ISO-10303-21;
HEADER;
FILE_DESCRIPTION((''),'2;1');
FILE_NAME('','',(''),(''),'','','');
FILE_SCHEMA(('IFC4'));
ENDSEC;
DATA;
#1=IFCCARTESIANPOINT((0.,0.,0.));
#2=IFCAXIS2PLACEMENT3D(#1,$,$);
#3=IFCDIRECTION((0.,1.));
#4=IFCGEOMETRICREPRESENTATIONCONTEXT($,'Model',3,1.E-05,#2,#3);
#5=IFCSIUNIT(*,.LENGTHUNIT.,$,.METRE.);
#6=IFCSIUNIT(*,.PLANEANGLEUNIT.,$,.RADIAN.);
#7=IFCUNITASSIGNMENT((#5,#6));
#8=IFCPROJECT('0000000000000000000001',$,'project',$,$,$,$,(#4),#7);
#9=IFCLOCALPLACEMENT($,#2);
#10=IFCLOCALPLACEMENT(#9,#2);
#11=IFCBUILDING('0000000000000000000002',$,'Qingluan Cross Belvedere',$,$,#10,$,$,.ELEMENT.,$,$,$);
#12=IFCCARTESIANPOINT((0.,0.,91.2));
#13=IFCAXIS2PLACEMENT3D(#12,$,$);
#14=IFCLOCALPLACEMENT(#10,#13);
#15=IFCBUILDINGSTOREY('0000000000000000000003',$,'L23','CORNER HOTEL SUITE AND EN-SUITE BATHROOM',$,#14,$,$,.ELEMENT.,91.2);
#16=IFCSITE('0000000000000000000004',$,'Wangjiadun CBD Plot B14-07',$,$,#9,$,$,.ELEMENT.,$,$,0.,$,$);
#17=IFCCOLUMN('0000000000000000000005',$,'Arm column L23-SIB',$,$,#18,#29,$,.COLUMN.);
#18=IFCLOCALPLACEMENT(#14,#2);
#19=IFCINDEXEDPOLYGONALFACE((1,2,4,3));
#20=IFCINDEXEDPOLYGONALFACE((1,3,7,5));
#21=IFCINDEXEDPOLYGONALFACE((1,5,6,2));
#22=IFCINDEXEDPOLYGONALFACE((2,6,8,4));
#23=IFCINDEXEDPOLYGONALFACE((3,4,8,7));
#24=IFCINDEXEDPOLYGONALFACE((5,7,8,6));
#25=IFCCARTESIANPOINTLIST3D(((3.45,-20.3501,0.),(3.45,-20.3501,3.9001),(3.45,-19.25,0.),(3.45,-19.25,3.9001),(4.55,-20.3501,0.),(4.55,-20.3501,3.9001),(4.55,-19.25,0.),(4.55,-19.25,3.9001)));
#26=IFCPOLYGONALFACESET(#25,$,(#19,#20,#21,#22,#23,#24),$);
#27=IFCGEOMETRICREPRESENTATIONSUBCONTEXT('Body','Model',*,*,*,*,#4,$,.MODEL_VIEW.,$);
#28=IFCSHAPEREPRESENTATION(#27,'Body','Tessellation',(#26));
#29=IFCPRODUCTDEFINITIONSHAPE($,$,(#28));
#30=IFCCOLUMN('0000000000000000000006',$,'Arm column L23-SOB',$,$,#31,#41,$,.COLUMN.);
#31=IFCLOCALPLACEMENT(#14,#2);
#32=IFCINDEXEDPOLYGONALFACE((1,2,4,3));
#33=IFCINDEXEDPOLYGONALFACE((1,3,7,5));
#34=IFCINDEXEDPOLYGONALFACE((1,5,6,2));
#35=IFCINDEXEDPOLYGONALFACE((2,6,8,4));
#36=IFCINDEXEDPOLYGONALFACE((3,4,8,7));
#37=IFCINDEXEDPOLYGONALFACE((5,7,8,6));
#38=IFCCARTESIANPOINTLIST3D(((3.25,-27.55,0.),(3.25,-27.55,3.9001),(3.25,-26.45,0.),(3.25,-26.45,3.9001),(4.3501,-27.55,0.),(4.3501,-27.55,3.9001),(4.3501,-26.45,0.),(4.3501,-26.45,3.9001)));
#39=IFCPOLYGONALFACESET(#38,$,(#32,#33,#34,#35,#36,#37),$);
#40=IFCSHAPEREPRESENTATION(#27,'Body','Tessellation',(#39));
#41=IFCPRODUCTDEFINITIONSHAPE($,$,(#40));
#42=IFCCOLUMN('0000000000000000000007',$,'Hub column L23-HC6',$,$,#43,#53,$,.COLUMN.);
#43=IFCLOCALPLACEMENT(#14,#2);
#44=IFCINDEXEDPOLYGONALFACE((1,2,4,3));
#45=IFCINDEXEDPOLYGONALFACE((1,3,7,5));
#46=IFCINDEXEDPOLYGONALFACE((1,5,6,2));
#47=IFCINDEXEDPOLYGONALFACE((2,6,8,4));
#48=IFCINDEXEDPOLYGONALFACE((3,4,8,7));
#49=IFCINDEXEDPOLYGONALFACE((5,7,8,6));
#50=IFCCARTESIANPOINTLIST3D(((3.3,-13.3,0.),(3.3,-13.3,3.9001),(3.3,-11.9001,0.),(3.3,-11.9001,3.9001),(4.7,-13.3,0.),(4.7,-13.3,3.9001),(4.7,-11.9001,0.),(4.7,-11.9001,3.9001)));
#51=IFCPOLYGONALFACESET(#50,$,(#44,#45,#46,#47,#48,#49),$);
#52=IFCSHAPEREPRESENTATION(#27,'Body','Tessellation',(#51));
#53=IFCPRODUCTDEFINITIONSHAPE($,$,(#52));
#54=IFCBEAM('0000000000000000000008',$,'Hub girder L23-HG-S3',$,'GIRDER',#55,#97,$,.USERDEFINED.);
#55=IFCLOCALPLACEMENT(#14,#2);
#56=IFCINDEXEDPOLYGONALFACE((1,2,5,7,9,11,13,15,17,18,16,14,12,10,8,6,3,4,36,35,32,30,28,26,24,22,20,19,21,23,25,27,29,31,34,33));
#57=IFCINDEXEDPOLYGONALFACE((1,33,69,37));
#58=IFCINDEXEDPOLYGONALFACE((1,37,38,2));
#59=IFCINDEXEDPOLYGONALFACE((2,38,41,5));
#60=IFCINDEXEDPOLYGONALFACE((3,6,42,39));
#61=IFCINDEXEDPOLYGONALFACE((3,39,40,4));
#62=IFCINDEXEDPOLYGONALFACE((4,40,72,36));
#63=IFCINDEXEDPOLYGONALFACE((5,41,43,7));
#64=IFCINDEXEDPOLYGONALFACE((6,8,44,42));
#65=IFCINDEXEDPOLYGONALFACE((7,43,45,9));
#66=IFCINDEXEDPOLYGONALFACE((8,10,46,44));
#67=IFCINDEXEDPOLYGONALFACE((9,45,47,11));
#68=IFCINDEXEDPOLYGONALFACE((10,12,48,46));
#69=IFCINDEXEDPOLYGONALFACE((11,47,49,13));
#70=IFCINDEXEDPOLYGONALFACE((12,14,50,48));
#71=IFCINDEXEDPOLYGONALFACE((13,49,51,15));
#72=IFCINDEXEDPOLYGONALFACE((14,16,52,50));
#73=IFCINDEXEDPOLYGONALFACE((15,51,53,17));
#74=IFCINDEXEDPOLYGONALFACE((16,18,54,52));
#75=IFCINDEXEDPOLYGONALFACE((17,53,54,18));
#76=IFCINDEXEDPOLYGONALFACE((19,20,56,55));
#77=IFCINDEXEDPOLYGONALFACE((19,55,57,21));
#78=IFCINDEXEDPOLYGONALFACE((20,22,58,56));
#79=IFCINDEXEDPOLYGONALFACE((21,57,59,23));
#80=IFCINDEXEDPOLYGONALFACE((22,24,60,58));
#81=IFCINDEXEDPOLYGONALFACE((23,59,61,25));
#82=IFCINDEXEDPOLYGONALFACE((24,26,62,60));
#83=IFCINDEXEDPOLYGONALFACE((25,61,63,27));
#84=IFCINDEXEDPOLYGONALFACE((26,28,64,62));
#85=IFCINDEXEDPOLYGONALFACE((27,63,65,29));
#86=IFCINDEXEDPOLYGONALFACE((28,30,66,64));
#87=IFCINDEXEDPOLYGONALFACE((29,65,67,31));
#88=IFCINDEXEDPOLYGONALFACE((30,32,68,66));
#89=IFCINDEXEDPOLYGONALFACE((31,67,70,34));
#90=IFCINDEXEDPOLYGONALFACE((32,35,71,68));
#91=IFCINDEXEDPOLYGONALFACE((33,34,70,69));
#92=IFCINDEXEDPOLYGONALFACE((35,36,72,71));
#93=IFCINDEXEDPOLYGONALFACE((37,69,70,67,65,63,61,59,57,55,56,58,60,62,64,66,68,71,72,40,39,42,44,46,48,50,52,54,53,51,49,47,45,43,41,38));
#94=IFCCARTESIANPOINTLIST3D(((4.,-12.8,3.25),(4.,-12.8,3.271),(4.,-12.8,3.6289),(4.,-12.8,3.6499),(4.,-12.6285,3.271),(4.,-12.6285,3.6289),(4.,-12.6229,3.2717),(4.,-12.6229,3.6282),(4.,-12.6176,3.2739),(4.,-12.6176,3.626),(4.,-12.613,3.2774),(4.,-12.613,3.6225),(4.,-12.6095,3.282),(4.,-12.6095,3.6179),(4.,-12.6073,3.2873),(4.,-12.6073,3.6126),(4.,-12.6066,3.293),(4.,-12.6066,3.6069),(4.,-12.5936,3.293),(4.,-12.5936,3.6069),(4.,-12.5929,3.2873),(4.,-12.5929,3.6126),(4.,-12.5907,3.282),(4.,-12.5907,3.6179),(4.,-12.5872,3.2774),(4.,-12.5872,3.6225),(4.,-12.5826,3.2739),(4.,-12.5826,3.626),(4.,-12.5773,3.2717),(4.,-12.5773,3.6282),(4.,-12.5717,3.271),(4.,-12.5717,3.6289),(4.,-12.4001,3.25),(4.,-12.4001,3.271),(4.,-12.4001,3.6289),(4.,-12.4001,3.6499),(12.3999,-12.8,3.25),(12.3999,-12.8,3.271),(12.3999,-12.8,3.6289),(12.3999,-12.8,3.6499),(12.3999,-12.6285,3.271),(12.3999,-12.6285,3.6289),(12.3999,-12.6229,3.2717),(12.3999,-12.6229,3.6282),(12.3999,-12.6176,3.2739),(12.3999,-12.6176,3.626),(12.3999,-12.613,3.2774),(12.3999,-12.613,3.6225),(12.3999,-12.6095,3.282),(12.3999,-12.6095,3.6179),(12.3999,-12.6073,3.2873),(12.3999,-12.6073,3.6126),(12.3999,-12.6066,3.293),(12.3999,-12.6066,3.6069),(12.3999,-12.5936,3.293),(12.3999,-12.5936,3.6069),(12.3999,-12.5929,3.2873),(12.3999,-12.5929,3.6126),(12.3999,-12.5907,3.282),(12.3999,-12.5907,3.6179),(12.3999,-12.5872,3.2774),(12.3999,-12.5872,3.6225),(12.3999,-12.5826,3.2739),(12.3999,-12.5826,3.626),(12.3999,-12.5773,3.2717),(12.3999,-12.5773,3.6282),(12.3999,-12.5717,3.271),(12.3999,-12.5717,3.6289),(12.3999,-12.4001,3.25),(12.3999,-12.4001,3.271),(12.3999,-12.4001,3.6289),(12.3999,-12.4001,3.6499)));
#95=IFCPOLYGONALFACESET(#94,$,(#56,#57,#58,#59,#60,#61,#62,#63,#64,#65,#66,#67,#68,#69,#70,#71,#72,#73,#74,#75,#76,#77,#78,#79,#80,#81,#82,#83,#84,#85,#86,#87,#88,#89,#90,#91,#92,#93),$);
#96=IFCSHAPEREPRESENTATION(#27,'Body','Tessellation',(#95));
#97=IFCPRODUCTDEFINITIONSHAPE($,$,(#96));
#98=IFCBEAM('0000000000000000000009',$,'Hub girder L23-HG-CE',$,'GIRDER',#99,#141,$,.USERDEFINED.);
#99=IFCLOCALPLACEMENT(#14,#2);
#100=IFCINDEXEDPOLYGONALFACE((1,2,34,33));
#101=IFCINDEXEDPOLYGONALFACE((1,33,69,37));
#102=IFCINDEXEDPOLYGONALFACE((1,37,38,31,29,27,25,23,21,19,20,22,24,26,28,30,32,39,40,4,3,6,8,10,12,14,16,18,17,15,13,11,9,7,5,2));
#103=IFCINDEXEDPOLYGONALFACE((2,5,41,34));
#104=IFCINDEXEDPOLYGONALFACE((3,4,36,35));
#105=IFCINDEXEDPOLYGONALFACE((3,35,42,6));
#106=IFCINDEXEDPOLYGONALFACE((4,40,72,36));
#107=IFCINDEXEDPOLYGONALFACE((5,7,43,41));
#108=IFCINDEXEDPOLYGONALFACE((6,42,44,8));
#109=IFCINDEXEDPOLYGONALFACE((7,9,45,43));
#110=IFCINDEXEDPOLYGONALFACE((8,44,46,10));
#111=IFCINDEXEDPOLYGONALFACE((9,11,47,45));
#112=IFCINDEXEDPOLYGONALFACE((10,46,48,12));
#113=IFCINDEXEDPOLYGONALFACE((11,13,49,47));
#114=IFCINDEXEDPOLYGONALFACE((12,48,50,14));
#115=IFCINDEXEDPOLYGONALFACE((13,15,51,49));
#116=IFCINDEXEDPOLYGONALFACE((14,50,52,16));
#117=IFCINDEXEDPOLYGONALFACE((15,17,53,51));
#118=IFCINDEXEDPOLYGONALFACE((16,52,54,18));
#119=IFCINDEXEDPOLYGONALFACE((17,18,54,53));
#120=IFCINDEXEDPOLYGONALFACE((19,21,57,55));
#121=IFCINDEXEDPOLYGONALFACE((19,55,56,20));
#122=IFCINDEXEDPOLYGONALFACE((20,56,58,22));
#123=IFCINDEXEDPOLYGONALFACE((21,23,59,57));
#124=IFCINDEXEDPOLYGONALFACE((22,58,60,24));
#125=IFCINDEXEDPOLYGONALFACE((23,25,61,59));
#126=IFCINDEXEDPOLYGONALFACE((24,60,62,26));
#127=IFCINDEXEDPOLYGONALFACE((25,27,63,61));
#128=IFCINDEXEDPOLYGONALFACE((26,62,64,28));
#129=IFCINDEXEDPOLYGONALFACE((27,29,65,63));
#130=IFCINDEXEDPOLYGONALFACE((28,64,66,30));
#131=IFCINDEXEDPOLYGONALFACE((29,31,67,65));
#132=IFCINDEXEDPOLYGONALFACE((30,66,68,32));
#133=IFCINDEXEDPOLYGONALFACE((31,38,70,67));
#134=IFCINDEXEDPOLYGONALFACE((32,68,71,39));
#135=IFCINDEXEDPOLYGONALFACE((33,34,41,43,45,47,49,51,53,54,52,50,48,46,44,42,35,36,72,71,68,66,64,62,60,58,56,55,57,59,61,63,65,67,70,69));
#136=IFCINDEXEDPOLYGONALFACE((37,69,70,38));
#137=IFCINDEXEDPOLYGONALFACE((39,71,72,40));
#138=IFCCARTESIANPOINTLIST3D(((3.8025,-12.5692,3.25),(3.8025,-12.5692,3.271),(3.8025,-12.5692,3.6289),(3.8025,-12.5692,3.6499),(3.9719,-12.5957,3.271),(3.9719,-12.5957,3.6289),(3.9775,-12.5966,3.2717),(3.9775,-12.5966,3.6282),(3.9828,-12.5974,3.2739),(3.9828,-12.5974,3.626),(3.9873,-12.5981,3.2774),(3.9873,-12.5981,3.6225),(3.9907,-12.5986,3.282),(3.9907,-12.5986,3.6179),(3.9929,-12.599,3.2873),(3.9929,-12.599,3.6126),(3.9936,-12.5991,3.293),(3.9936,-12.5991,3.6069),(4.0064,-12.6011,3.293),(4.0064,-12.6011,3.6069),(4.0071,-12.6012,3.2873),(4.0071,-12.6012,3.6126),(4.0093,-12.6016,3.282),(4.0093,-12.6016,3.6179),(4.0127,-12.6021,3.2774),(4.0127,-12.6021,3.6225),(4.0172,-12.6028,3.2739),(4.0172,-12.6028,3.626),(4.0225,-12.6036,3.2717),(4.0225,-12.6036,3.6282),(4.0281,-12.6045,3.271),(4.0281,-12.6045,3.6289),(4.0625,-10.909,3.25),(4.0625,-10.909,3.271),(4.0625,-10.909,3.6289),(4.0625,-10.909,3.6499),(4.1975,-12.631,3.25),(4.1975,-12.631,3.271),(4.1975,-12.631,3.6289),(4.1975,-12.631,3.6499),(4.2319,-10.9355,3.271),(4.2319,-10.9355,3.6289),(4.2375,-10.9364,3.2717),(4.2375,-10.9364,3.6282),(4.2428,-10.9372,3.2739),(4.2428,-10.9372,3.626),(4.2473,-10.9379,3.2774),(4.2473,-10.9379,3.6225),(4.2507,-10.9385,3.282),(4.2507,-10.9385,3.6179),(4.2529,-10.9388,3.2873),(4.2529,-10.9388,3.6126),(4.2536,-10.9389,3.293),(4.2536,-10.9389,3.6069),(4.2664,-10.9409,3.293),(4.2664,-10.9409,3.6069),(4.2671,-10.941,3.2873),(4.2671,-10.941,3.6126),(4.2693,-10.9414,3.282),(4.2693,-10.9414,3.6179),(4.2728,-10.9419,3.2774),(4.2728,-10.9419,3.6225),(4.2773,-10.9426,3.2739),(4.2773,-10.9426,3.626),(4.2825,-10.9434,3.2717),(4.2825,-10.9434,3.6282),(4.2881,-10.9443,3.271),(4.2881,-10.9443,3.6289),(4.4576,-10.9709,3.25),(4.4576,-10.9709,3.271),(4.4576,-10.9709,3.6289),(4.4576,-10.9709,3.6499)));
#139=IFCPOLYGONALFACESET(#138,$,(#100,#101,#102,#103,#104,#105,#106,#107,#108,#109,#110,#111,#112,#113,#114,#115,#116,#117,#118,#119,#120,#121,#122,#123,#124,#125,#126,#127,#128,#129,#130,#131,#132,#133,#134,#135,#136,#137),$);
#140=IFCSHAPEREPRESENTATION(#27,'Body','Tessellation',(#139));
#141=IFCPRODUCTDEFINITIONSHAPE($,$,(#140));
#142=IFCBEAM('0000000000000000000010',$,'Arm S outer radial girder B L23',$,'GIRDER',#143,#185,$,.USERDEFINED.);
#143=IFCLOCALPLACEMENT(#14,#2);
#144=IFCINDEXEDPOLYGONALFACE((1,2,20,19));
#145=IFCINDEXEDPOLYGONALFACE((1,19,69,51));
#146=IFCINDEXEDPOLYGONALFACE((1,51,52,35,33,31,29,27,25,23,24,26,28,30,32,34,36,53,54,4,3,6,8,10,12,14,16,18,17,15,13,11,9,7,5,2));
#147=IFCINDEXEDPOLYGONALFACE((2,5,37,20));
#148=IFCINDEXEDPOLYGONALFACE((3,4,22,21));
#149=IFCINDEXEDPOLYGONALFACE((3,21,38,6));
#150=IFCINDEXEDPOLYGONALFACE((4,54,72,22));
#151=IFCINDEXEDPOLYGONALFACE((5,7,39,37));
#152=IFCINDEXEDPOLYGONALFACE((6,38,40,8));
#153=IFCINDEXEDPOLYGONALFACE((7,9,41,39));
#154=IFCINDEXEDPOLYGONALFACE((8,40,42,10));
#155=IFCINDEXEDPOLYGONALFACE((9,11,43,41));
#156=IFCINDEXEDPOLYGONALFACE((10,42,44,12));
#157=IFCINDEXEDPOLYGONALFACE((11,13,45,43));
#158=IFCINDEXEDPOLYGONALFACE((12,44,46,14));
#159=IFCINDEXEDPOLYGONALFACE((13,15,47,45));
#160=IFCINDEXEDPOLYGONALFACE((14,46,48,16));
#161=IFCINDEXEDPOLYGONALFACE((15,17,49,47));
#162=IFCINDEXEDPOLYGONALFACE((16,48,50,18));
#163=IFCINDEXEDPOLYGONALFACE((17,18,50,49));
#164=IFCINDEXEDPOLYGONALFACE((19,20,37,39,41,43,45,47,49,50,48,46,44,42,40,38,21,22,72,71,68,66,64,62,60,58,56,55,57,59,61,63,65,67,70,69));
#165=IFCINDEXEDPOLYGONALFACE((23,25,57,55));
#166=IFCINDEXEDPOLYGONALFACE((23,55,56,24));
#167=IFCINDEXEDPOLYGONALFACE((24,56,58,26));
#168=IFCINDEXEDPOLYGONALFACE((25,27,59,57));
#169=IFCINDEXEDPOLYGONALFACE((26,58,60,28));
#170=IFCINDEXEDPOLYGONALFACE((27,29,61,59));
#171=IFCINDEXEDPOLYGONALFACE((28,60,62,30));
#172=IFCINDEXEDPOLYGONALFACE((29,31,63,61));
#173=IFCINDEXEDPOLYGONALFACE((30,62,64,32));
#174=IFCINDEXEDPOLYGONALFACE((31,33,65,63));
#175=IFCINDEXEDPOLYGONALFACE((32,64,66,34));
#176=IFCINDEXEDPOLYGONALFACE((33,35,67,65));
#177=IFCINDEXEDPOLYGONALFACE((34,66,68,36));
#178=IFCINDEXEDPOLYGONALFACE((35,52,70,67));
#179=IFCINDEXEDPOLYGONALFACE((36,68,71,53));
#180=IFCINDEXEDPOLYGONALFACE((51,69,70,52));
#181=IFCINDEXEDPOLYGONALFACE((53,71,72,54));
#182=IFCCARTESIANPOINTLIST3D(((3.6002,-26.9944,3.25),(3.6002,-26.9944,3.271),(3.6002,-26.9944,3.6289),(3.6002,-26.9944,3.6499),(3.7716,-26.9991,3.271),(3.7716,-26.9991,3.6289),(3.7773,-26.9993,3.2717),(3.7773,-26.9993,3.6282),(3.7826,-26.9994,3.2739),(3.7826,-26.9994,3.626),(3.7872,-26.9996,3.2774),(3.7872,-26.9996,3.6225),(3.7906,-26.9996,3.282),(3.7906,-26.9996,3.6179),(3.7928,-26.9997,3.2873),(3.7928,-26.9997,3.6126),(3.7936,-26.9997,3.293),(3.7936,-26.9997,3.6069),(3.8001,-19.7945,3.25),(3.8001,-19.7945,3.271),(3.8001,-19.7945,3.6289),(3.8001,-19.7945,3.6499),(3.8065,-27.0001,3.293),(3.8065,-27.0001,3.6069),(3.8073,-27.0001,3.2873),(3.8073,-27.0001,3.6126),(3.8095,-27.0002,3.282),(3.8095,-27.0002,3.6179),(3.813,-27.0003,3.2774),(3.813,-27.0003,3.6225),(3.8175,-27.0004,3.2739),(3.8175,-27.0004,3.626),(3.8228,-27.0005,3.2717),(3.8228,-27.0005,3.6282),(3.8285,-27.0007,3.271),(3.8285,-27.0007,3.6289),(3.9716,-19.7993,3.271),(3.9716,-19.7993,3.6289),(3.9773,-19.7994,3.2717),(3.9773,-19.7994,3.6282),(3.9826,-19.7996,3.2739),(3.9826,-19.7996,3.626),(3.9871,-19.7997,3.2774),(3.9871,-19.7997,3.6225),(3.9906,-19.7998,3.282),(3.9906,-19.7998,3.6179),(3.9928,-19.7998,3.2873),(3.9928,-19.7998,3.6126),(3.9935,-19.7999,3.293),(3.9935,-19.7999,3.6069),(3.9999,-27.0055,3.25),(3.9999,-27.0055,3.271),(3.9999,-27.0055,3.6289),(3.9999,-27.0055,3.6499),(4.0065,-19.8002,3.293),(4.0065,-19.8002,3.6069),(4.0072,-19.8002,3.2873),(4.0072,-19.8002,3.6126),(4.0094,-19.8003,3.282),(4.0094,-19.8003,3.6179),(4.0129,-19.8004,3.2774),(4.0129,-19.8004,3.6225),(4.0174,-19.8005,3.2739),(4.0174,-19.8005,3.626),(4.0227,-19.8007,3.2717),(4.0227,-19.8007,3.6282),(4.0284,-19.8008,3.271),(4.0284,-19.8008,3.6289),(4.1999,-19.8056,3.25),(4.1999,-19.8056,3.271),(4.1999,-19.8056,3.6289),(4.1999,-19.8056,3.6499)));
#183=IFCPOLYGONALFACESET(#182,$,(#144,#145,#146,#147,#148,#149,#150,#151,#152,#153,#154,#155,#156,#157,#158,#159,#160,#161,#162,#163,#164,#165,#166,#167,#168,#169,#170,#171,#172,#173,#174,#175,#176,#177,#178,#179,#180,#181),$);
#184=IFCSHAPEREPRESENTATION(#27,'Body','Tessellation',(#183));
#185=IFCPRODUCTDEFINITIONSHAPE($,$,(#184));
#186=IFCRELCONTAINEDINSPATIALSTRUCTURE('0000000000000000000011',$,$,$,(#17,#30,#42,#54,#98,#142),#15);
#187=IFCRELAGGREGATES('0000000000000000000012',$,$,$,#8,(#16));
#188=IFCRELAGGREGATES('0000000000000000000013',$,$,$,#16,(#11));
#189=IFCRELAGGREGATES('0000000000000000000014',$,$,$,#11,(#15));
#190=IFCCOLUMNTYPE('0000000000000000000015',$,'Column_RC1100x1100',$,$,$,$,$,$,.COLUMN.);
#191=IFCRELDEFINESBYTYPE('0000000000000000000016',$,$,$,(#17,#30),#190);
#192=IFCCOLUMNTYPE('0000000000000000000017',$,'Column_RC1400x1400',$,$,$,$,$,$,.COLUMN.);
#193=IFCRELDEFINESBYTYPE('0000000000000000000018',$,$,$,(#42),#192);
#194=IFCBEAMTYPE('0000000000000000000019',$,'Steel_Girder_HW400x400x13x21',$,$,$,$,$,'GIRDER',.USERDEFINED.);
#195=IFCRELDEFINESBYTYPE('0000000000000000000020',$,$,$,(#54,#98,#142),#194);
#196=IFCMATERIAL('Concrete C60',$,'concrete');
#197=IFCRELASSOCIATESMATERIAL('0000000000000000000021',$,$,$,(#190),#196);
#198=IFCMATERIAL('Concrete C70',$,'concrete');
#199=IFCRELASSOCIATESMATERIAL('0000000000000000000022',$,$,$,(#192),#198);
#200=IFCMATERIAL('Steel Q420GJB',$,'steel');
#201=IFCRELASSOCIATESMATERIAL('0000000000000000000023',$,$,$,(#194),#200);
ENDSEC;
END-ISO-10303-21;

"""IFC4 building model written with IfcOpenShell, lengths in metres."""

from ifc_helpers import new_model, si_unit, direction, frame, origin, origin_2d, place, context, subcontext, project, spatial, rectangle, i_section, extrude, material, material_profile, profile_set, type_object, element, save


model = new_model("IFC4")

# Units and contexts
model_context = context("Model", 3, precision=1e-05, world=origin(), true_north=direction((0.0, 1.0)))
body_context = subcontext(model_context, "Body", "Model", "MODEL_VIEW")
ifc_project = project(units=[si_unit("LENGTHUNIT", "METRE"), si_unit("PLANEANGLEUNIT", "RADIAN")], contexts=[model_context])

# Site, building, storey
site_placement = place(None, origin())
site = spatial("IfcSite", under=ifc_project, at=site_placement, Name="Wangjiadun CBD Plot B14-07", CompositionType="ELEMENT", RefElevation=0.0)
building_placement = place(site_placement, origin())
building = spatial("IfcBuilding", under=site, at=building_placement, Name="Qingluan Cross Belvedere", CompositionType="ELEMENT")
storey_placement = place(building_placement, frame((0.0, 0.0, 91.2)))
storey = spatial("IfcBuildingStorey", under=building, at=storey_placement, Name="L23", Description="CORNER HOTEL SUITE AND EN-SUITE BATHROOM", CompositionType="ELEMENT", Elevation=91.2)

# Columns
ifc_material_1 = material(Name="Concrete C60", Category="concrete")
ifc_material_profile_1 = material_profile(ifc_material_1, rectangle(XDim=1.1001, YDim=1.1001, at=origin_2d()), Name="RC1100x1100")
ifc_profile_set_1 = profile_set([ifc_material_profile_1], Name="Concrete C60")
column_type_1 = type_object("IfcColumnType", Name="Column_RC1100x1100", PredefinedType="COLUMN", material=ifc_profile_set_1)
for number, where, z_axis, x_axis, name in (
    (1, (4.0, -19.8, 0.0), (0.0, 0.0, 1.0), (1.0, 0.0, 0.0), "Arm column L23-SIB"),
    (2, (3.8, -27.0, 0.0), (0.0, 0.0, 1.0), (1.0, 0.0, 0.0), "Arm column L23-SOB"),
):
    element("IfcColumn", number, at=place(storey_placement, frame(where, z_axis=z_axis, x_axis=x_axis)), inside=storey, type_object=column_type_1, Name=name, PredefinedType="COLUMN", context=body_context, shape_type="SweptSolid", body=[
        extrude(rectangle(XDim=1.1001, YDim=1.1001, at=origin_2d()), origin(), (0.0, 0.0, 1.0), 3.9001),
    ])
ifc_material_2 = material(Name="Concrete C70", Category="concrete")
ifc_material_profile_2 = material_profile(ifc_material_2, rectangle(XDim=1.3999, YDim=1.3999, at=origin_2d()), Name="RC1400x1400")
ifc_profile_set_2 = profile_set([ifc_material_profile_2], Name="Concrete C70")
column_type_2 = type_object("IfcColumnType", Name="Column_RC1400x1400", PredefinedType="COLUMN", material=ifc_profile_set_2)
column_placement = place(storey_placement, frame((4.0, -12.6001, 0.0), z_axis=(0.0, 0.0, 1.0), x_axis=(1.0, 0.0, 0.0)))
element("IfcColumn", 3, at=column_placement, inside=storey, type_object=column_type_2, Name="Hub column L23-HC6", PredefinedType="COLUMN", context=body_context, shape_type="SweptSolid", body=[
    extrude(rectangle(XDim=1.3999, YDim=1.3999, at=origin_2d()), origin(), (0.0, 0.0, 1.0), 3.9001),
])

# Beams
ifc_material_3 = material(Name="Steel Q420GJB", Category="steel")
ifc_material_profile_3 = material_profile(ifc_material_3, i_section(OverallWidth=0.3999, OverallDepth=0.3999, WebThickness=0.0129, FlangeThickness=0.021, FilletRadius=0.022, at=origin_2d()), Name="HW400x400x13x21")
ifc_profile_set_3 = profile_set([ifc_material_profile_3], Name="Steel Q420GJB")
beam_type = type_object("IfcBeamType", Name="Steel_Girder_HW400x400x13x21", ElementType="GIRDER", PredefinedType="USERDEFINED", material=ifc_profile_set_3)
beam_1_placement = place(storey_placement, frame((4.0, -12.6001, 3.45), z_axis=(1.0, 0.0, 0.0), x_axis=(0.0, 1.0, 0.0)))
element("IfcBeam", 4, at=beam_1_placement, inside=storey, type_object=beam_type, Name="Hub girder L23-HG-S3", ObjectType="GIRDER", PredefinedType="USERDEFINED", context=body_context, shape_type="SweptSolid", body=[
    extrude(i_section(OverallWidth=0.3999, OverallDepth=0.3999, WebThickness=0.0129, FlangeThickness=0.021, FilletRadius=0.022, at=origin_2d()), origin(), (0.0, 0.0, 1.0), 8.3999),
])
beam_2_placement = place(storey_placement, frame((4.0, -12.6001, 3.45), z_axis=(0.154731, 0.987957, 0.0), x_axis=(-0.987957, 0.154731, 0.0)))
element("IfcBeam", 5, at=beam_2_placement, inside=storey, type_object=beam_type, Name="Hub girder L23-HG-CE", ObjectType="GIRDER", PredefinedType="USERDEFINED", context=body_context, shape_type="SweptSolid", body=[
    extrude(i_section(OverallWidth=0.3999, OverallDepth=0.3999, WebThickness=0.0129, FlangeThickness=0.021, FilletRadius=0.022, at=origin_2d()), origin(), (0.0, 0.0, 1.0), 1.6804),
])
beam_3_placement = place(storey_placement, frame((4.0, -19.8, 3.45), z_axis=(-0.02776, -0.999615, 0.0), x_axis=(0.999615, -0.02776, 0.0)))
element("IfcBeam", 6, at=beam_3_placement, inside=storey, type_object=beam_type, Name="Arm S outer radial girder B L23", ObjectType="GIRDER", PredefinedType="USERDEFINED", context=body_context, shape_type="SweptSolid", body=[
    extrude(i_section(OverallWidth=0.3999, OverallDepth=0.3999, WebThickness=0.0129, FlangeThickness=0.021, FilletRadius=0.022, at=origin_2d()), origin(), (0.0, 0.0, 1.0), 7.2026),
])

save(model, "model.ifc")
